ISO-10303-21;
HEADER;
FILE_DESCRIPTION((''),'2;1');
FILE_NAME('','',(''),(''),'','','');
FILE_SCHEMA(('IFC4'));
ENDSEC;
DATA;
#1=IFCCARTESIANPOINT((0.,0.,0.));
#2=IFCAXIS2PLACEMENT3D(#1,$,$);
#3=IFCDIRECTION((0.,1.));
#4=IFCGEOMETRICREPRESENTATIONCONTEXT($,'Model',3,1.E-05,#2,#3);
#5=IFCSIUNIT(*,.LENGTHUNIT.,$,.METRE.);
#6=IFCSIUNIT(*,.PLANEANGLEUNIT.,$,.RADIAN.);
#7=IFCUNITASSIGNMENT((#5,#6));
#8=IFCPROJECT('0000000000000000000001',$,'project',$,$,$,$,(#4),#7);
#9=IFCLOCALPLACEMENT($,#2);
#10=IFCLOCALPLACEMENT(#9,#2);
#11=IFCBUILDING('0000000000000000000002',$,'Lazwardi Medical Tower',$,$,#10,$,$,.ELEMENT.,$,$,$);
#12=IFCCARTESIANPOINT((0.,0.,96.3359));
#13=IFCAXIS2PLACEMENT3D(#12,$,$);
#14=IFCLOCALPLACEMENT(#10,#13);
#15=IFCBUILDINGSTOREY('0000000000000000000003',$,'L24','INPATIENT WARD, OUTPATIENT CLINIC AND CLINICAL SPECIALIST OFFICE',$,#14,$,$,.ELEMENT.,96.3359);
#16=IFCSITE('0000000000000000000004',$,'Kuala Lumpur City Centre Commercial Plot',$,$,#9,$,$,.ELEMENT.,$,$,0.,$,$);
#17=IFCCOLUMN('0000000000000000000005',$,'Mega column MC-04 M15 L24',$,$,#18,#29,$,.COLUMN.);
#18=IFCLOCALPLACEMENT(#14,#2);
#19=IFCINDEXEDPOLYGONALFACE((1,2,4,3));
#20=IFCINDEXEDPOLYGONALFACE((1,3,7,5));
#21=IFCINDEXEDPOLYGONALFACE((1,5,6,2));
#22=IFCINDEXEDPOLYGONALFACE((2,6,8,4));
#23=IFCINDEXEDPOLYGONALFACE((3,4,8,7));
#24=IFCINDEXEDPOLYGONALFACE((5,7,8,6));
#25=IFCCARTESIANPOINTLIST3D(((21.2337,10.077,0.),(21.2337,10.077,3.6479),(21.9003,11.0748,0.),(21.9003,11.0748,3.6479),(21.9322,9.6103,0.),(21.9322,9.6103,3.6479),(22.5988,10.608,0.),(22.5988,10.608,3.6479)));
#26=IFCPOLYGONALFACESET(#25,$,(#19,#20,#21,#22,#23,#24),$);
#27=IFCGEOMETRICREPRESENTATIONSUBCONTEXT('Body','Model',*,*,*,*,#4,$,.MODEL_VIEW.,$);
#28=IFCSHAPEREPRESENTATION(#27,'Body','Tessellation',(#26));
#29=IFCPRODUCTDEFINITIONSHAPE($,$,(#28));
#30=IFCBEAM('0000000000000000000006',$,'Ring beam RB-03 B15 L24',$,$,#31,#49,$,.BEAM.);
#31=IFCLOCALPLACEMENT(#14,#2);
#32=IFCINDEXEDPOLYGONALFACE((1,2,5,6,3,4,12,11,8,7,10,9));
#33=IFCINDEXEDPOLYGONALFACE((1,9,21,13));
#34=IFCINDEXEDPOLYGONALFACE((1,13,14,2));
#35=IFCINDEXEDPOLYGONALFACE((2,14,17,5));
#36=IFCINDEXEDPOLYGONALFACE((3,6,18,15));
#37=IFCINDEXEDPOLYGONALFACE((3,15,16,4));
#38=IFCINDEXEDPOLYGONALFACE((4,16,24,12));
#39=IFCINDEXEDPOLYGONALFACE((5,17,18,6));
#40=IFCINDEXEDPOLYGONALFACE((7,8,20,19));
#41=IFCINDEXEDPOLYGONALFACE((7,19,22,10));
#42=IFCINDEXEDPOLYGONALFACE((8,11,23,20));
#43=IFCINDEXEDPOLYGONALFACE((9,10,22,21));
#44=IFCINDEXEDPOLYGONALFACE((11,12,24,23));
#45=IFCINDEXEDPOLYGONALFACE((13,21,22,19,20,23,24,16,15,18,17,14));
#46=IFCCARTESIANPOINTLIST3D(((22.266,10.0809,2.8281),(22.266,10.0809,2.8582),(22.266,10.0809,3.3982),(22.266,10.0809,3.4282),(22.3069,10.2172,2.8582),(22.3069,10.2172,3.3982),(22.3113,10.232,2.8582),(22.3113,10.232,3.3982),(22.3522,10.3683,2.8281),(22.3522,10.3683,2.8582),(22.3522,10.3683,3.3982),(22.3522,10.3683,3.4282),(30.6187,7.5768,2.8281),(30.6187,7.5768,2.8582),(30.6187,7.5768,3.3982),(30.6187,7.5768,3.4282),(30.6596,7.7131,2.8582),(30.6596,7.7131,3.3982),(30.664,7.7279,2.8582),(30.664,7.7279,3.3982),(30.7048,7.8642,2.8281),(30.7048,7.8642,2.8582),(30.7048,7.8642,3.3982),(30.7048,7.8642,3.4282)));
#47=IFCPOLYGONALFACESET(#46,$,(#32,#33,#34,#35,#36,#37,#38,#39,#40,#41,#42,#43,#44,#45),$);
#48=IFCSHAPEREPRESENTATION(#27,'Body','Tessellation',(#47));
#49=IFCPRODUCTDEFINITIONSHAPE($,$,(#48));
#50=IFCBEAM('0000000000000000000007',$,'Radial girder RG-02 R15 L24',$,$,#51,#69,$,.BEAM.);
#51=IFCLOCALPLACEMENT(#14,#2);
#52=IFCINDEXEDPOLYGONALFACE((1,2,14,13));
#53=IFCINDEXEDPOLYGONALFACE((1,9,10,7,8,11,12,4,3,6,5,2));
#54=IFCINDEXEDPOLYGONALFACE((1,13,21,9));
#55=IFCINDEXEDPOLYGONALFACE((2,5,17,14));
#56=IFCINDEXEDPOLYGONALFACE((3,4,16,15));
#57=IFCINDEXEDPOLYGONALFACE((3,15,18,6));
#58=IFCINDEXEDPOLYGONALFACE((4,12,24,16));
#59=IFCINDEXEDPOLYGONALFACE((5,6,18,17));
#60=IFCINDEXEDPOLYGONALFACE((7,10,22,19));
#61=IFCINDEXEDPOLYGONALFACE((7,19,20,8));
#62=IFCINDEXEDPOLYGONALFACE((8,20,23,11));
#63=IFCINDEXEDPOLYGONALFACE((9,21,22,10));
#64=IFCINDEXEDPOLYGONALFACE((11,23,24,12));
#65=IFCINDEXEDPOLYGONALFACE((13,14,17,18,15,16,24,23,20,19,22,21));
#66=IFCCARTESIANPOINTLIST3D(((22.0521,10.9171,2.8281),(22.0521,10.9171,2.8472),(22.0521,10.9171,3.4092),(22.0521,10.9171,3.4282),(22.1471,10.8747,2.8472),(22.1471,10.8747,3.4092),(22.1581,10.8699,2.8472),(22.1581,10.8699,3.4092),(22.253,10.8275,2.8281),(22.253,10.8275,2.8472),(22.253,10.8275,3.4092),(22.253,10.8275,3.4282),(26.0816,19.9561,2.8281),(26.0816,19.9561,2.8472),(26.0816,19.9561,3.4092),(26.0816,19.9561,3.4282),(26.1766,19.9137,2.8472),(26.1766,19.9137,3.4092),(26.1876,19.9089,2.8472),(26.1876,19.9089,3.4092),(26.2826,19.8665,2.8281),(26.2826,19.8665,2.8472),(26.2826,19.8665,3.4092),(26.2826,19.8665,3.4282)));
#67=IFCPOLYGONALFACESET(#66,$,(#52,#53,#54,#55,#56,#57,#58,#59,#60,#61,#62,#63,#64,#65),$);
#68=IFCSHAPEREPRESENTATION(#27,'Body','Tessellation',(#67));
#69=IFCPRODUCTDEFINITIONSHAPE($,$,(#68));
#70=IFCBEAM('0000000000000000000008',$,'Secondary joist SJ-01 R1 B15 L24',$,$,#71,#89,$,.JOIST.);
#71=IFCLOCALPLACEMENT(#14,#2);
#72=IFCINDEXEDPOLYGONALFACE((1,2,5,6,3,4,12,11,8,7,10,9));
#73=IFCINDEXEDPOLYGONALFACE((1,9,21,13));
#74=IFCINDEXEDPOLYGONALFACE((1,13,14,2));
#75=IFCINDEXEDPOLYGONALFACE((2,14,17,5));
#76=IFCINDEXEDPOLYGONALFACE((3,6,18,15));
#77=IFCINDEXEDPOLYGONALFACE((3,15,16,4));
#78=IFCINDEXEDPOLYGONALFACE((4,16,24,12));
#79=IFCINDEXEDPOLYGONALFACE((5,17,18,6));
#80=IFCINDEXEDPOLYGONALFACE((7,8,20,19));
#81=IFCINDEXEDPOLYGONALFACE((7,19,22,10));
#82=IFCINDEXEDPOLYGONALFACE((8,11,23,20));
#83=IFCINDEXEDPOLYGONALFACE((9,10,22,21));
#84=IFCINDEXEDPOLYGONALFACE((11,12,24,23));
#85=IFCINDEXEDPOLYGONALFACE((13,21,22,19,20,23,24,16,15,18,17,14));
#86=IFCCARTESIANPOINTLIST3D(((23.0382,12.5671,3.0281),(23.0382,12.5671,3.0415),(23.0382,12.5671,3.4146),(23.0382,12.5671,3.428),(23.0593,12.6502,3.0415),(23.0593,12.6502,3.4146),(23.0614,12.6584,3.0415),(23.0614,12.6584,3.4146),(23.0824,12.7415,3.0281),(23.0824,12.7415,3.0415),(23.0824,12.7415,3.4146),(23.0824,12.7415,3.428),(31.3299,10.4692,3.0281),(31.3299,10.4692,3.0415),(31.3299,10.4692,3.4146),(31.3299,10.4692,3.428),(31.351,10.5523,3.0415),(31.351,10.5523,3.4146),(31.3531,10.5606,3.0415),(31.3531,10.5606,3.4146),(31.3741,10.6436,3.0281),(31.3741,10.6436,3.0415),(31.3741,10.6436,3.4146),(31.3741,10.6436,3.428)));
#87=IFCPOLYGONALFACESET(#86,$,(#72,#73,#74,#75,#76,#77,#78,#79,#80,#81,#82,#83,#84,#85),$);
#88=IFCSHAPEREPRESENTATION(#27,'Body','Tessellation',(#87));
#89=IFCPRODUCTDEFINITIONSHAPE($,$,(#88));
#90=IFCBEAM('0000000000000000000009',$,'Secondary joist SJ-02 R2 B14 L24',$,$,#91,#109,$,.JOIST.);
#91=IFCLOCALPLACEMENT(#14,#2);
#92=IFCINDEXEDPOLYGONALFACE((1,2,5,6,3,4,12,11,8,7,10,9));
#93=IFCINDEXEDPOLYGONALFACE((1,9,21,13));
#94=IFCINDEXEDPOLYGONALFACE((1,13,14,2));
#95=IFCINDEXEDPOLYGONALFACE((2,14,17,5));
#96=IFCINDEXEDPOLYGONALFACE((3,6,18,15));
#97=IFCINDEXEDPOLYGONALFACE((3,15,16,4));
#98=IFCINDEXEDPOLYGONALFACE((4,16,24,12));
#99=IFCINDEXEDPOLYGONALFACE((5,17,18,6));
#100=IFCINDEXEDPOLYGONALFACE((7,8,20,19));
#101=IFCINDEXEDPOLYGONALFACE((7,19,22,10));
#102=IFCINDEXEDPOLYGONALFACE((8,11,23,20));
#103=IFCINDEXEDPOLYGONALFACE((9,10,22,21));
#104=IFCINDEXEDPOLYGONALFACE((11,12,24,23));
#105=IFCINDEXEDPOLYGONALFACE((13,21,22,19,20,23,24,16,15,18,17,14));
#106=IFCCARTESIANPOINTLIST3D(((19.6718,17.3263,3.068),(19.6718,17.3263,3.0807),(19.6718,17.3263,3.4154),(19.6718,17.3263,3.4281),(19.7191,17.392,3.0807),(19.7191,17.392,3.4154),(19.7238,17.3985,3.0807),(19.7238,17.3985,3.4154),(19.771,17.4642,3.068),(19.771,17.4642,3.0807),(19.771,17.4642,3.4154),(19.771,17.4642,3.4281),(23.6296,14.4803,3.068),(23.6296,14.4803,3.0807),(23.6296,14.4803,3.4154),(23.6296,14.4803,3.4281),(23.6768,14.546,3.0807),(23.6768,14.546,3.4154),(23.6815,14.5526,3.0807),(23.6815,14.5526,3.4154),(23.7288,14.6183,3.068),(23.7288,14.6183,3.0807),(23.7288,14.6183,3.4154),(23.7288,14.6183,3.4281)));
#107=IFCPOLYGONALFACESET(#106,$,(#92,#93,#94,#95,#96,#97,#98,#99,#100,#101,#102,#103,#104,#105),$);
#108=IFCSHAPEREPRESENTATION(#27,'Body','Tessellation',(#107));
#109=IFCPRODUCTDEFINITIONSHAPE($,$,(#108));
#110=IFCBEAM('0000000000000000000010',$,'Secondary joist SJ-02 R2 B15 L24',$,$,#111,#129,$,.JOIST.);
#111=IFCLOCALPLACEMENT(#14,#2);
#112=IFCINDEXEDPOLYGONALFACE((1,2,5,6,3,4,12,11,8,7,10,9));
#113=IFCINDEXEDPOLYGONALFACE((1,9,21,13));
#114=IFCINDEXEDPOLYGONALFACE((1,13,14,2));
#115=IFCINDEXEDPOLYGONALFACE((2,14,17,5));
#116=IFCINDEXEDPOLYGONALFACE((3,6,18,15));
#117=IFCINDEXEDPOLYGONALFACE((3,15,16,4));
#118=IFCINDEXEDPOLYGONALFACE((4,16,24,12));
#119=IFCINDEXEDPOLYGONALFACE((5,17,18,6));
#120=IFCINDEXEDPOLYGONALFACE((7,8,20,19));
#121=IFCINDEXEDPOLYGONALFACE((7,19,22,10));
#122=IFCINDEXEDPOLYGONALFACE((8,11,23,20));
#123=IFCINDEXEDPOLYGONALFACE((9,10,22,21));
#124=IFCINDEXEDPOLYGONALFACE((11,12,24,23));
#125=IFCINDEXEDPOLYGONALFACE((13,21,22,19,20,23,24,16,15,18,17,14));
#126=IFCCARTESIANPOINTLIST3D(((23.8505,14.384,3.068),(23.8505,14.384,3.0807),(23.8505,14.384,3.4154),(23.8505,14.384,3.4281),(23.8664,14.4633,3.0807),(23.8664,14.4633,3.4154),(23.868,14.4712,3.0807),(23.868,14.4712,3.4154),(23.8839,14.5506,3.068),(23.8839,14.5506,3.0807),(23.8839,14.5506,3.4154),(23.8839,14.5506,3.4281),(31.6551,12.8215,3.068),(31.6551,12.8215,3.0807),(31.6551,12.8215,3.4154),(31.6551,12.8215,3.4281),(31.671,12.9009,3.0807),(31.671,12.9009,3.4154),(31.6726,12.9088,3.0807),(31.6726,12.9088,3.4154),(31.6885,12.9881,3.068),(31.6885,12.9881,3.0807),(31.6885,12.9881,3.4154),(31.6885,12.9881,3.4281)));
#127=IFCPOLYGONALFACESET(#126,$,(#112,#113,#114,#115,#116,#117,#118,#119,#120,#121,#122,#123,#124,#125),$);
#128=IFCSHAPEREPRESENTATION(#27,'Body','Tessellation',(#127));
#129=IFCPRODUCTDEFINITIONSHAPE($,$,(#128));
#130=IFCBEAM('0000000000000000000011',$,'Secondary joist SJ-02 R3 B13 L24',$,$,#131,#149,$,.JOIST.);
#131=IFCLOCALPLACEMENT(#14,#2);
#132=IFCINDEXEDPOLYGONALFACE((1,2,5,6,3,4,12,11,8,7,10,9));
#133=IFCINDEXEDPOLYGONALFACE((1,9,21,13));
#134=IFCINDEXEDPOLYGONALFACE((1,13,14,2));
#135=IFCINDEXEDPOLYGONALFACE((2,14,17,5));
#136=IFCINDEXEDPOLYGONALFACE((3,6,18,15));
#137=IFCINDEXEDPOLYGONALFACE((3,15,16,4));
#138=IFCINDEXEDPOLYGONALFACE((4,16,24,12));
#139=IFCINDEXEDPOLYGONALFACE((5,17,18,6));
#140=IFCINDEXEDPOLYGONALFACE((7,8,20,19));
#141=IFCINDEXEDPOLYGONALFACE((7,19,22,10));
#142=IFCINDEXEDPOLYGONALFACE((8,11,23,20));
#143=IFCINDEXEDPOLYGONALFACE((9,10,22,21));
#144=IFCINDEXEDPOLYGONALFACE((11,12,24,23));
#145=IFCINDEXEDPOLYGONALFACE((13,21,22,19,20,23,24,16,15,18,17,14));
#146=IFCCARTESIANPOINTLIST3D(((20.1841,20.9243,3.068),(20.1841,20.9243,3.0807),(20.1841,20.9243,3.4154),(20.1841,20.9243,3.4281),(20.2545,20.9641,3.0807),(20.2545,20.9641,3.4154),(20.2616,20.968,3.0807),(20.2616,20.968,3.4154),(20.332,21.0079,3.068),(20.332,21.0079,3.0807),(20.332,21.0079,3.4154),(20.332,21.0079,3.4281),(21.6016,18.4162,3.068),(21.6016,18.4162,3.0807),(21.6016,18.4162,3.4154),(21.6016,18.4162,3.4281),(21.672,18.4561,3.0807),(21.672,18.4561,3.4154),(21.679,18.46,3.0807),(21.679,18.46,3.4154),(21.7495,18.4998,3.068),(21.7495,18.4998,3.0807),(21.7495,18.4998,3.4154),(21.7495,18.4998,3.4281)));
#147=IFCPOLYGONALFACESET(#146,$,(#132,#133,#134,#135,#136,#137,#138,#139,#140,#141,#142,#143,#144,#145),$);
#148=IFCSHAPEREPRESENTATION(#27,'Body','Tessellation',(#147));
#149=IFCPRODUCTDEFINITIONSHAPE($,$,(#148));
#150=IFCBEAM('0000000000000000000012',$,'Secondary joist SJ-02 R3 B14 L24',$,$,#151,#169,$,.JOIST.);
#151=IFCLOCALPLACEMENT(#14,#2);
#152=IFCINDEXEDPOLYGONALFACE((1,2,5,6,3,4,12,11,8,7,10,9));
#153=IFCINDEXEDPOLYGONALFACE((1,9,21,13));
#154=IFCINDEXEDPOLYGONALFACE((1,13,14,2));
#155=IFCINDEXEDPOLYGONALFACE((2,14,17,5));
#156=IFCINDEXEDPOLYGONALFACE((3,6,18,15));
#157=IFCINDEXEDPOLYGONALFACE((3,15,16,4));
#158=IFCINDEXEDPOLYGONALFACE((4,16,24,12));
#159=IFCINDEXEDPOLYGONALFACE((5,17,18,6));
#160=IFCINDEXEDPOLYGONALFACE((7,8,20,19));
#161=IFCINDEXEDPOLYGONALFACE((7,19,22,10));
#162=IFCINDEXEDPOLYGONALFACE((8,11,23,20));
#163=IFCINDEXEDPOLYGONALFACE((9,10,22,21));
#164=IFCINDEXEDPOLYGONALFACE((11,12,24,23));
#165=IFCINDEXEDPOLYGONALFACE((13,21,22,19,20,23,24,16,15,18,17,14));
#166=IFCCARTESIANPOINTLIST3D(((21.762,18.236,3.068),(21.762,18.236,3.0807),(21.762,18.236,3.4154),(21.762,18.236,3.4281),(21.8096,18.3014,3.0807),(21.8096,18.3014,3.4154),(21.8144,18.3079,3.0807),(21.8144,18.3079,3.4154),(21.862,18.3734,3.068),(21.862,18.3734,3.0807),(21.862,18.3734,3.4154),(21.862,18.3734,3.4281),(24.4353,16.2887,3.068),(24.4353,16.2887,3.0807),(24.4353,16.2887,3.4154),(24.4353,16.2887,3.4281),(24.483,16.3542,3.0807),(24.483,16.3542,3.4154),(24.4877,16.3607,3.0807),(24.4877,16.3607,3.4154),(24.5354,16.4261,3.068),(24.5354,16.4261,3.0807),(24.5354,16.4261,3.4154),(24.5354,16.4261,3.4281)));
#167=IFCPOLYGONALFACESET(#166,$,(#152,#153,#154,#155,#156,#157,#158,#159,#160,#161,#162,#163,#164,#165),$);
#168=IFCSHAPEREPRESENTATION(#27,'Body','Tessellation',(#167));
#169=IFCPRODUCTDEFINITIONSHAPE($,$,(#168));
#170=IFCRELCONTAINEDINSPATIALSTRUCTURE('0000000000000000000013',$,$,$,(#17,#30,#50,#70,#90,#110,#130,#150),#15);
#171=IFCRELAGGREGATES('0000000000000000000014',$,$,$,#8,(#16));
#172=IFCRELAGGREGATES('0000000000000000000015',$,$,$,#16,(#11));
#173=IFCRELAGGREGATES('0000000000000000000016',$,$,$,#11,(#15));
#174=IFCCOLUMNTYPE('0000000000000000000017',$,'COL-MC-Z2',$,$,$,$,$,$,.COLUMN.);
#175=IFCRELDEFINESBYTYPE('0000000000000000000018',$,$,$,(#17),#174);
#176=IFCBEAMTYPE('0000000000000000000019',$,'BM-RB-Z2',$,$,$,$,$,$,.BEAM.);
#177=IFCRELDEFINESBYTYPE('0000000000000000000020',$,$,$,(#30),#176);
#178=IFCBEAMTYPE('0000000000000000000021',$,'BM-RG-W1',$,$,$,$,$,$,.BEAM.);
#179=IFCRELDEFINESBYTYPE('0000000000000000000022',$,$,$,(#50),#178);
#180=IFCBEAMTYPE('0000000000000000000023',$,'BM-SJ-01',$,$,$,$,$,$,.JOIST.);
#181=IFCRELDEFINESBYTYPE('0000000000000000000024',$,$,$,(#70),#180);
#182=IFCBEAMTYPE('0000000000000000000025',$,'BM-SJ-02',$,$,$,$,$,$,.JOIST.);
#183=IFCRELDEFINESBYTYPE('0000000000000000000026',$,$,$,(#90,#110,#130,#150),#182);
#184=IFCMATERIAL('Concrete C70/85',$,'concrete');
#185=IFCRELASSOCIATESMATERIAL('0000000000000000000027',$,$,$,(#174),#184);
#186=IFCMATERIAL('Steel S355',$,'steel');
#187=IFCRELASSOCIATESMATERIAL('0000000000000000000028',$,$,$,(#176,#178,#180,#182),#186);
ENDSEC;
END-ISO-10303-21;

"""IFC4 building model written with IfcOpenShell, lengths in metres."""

from ifc_helpers import new_model, si_unit, direction, frame, origin, origin_2d, place, context, subcontext, project, spatial, rectangle, i_section, extrude, material, material_profile, profile_set, type_object, element, save


model = new_model("IFC4")

# Units and contexts
model_context = context("Model", 3, precision=1e-05, world=origin(), true_north=direction((0.0, 1.0)))
body_context = subcontext(model_context, "Body", "Model", "MODEL_VIEW")
ifc_project = project(units=[si_unit("LENGTHUNIT", "METRE"), si_unit("PLANEANGLEUNIT", "RADIAN")], contexts=[model_context])

# Site, building, storey
site_placement = place(None, origin())
site = spatial("IfcSite", under=ifc_project, at=site_placement, Name="Kuala Lumpur City Centre Commercial Plot", CompositionType="ELEMENT", RefElevation=0.0)
building_placement = place(site_placement, origin())
building = spatial("IfcBuilding", under=site, at=building_placement, Name="Lazwardi Medical Tower", CompositionType="ELEMENT")
storey_placement = place(building_placement, frame((0.0, 0.0, 96.3359)))
storey = spatial("IfcBuildingStorey", under=building, at=storey_placement, Name="L24", Description="INPATIENT WARD, OUTPATIENT CLINIC AND CLINICAL SPECIALIST OFFICE", CompositionType="ELEMENT", Elevation=96.3359)

# Column
ifc_material_1 = material(Name="Concrete C70/85", Category="concrete")
ifc_material_profile_1 = material_profile(ifc_material_1, rectangle(XDim=1.2, YDim=0.8401, at=origin_2d()), Name="CFT-RECT 1200x840")
ifc_profile_set_1 = profile_set([ifc_material_profile_1], Name="Concrete C70/85")
column_type = type_object("IfcColumnType", Name="COL-MC-Z2", PredefinedType="COLUMN", material=ifc_profile_set_1)
column_placement = place(storey_placement, frame((21.9163, 10.3425, 0.0), z_axis=(0.0, 0.0, 1.0), x_axis=(-0.55557, -0.83147, 0.0)))
element("IfcColumn", 1, at=column_placement, inside=storey, type_object=column_type, Name="Mega column MC-04 M15 L24", PredefinedType="COLUMN", context=body_context, shape_type="SweptSolid", body=[
    extrude(rectangle(XDim=1.2, YDim=0.8401, at=origin_2d()), origin(), (0.0, 0.0, 1.0), 3.6479),
])

# Beams
ifc_material_2 = material(Name="Steel S355", Category="steel")
ifc_material_profile_2 = material_profile(ifc_material_2, i_section(OverallWidth=0.3, OverallDepth=0.6001, WebThickness=0.0154, FlangeThickness=0.03, at=origin_2d()), Name="HEB 600")
ifc_profile_set_2 = profile_set([ifc_material_profile_2], Name="Steel S355")
beam_type_1 = type_object("IfcBeamType", Name="BM-RB-Z2", PredefinedType="BEAM", material=ifc_profile_set_2)
beam_1_placement = place(storey_placement, frame((22.3091, 10.2246, 3.1282), z_axis=(0.957879, -0.287171, 0.0), x_axis=(0.287171, 0.957879, 0.0)))
element("IfcBeam", 2, at=beam_1_placement, inside=storey, type_object=beam_type_1, Name="Ring beam RB-03 B15 L24", PredefinedType="BEAM", context=body_context, shape_type="SweptSolid", body=[
    extrude(i_section(OverallWidth=0.3, OverallDepth=0.6001, WebThickness=0.0154, FlangeThickness=0.03, at=origin_2d()), origin(), (0.0, 0.0, 1.0), 8.72),
])
ifc_material_profile_3 = material_profile(ifc_material_2, i_section(OverallWidth=0.22, OverallDepth=0.6001, WebThickness=0.012, FlangeThickness=0.019, at=origin_2d()), Name="IPE 600")
ifc_profile_set_3 = profile_set([ifc_material_profile_3], Name="Steel S355")
beam_type_2 = type_object("IfcBeamType", Name="BM-RG-W1", PredefinedType="BEAM", material=ifc_profile_set_3)
beam_2_placement = place(storey_placement, frame((22.1526, 10.8723, 3.1282), z_axis=(0.407166, 0.913354, 0.0), x_axis=(-0.913354, 0.407166, 0.0)))
element("IfcBeam", 3, at=beam_2_placement, inside=storey, type_object=beam_type_2, Name="Radial girder RG-02 R15 L24", PredefinedType="BEAM", context=body_context, shape_type="SweptSolid", body=[
    extrude(i_section(OverallWidth=0.22, OverallDepth=0.6001, WebThickness=0.012, FlangeThickness=0.019, at=origin_2d()), origin(), (0.0, 0.0, 1.0), 9.8965),
])
ifc_material_profile_4 = material_profile(ifc_material_2, i_section(OverallWidth=0.1799, OverallDepth=0.3999, WebThickness=0.0085, FlangeThickness=0.0134, at=origin_2d()), Name="IPE 400")
ifc_profile_set_4 = profile_set([ifc_material_profile_4], Name="Steel S355")
beam_type_3 = type_object("IfcBeamType", Name="BM-SJ-01", PredefinedType="JOIST", material=ifc_profile_set_4)
beam_3_placement = place(storey_placement, frame((23.0603, 12.6543, 3.228), z_axis=(0.969452, -0.245282, 0.0), x_axis=(0.245282, 0.969452, 0.0)))
element("IfcBeam", 4, at=beam_3_placement, inside=storey, type_object=beam_type_3, Name="Secondary joist SJ-01 R1 B15 L24", PredefinedType="JOIST", context=body_context, shape_type="SweptSolid", body=[
    extrude(i_section(OverallWidth=0.1799, OverallDepth=0.3999, WebThickness=0.0085, FlangeThickness=0.0134, at=origin_2d()), origin(), (0.0, 0.0, 1.0), 8.553),
])
ifc_material_profile_5 = material_profile(ifc_material_2, i_section(OverallWidth=0.1699, OverallDepth=0.3601, WebThickness=0.0081, FlangeThickness=0.0127, at=origin_2d()), Name="IPE 360")
ifc_profile_set_5 = profile_set([ifc_material_profile_5], Name="Steel S355")
beam_type_4 = type_object("IfcBeamType", Name="BM-SJ-02", PredefinedType="JOIST", material=ifc_profile_set_5)
beam_4_placement = place(storey_placement, frame((19.7214, 17.3953, 3.248), z_axis=(0.811889, -0.583813, 0.0), x_axis=(0.583813, 0.811889, 0.0)))
element("IfcBeam", 5, at=beam_4_placement, inside=storey, type_object=beam_type_4, Name="Secondary joist SJ-02 R2 B14 L24", PredefinedType="JOIST", context=body_context, shape_type="SweptSolid", body=[
    extrude(i_section(OverallWidth=0.1699, OverallDepth=0.3601, WebThickness=0.0081, FlangeThickness=0.0127, at=origin_2d()), origin(), (0.0, 0.0, 1.0), 4.8748),
])
beam_5_placement = place(storey_placement, frame((23.8672, 14.4673, 3.248), z_axis=(0.980543, -0.196305, 0.0), x_axis=(0.196305, 0.980543, 0.0)))
element("IfcBeam", 6, at=beam_5_placement, inside=storey, type_object=beam_type_4, Name="Secondary joist SJ-02 R2 B15 L24", PredefinedType="JOIST", context=body_context, shape_type="SweptSolid", body=[
    extrude(i_section(OverallWidth=0.1699, OverallDepth=0.3601, WebThickness=0.0081, FlangeThickness=0.0127, at=origin_2d()), origin(), (0.0, 0.0, 1.0), 7.9595),
])
beam_6_placement = place(storey_placement, frame((20.2581, 20.9661, 3.248), z_axis=(0.492027, -0.87058, 0.0), x_axis=(0.87058, 0.492027, 0.0)))
element("IfcBeam", 7, at=beam_6_placement, inside=storey, type_object=beam_type_4, Name="Secondary joist SJ-02 R3 B13 L24", PredefinedType="JOIST", context=body_context, shape_type="SweptSolid", body=[
    extrude(i_section(OverallWidth=0.1699, OverallDepth=0.3601, WebThickness=0.0081, FlangeThickness=0.0127, at=origin_2d()), origin(), (0.0, 0.0, 1.0), 2.8809),
])
beam_7_placement = place(storey_placement, frame((21.812, 18.3047, 3.248), z_axis=(0.808302, -0.588768, 0.0), x_axis=(0.588768, 0.808302, 0.0)))
element("IfcBeam", 8, at=beam_7_placement, inside=storey, type_object=beam_type_4, Name="Secondary joist SJ-02 R3 B14 L24", PredefinedType="JOIST", context=body_context, shape_type="SweptSolid", body=[
    extrude(i_section(OverallWidth=0.1699, OverallDepth=0.3601, WebThickness=0.0081, FlangeThickness=0.0127, at=origin_2d()), origin(), (0.0, 0.0, 1.0), 3.3074),
])

save(model, "model.ifc")
